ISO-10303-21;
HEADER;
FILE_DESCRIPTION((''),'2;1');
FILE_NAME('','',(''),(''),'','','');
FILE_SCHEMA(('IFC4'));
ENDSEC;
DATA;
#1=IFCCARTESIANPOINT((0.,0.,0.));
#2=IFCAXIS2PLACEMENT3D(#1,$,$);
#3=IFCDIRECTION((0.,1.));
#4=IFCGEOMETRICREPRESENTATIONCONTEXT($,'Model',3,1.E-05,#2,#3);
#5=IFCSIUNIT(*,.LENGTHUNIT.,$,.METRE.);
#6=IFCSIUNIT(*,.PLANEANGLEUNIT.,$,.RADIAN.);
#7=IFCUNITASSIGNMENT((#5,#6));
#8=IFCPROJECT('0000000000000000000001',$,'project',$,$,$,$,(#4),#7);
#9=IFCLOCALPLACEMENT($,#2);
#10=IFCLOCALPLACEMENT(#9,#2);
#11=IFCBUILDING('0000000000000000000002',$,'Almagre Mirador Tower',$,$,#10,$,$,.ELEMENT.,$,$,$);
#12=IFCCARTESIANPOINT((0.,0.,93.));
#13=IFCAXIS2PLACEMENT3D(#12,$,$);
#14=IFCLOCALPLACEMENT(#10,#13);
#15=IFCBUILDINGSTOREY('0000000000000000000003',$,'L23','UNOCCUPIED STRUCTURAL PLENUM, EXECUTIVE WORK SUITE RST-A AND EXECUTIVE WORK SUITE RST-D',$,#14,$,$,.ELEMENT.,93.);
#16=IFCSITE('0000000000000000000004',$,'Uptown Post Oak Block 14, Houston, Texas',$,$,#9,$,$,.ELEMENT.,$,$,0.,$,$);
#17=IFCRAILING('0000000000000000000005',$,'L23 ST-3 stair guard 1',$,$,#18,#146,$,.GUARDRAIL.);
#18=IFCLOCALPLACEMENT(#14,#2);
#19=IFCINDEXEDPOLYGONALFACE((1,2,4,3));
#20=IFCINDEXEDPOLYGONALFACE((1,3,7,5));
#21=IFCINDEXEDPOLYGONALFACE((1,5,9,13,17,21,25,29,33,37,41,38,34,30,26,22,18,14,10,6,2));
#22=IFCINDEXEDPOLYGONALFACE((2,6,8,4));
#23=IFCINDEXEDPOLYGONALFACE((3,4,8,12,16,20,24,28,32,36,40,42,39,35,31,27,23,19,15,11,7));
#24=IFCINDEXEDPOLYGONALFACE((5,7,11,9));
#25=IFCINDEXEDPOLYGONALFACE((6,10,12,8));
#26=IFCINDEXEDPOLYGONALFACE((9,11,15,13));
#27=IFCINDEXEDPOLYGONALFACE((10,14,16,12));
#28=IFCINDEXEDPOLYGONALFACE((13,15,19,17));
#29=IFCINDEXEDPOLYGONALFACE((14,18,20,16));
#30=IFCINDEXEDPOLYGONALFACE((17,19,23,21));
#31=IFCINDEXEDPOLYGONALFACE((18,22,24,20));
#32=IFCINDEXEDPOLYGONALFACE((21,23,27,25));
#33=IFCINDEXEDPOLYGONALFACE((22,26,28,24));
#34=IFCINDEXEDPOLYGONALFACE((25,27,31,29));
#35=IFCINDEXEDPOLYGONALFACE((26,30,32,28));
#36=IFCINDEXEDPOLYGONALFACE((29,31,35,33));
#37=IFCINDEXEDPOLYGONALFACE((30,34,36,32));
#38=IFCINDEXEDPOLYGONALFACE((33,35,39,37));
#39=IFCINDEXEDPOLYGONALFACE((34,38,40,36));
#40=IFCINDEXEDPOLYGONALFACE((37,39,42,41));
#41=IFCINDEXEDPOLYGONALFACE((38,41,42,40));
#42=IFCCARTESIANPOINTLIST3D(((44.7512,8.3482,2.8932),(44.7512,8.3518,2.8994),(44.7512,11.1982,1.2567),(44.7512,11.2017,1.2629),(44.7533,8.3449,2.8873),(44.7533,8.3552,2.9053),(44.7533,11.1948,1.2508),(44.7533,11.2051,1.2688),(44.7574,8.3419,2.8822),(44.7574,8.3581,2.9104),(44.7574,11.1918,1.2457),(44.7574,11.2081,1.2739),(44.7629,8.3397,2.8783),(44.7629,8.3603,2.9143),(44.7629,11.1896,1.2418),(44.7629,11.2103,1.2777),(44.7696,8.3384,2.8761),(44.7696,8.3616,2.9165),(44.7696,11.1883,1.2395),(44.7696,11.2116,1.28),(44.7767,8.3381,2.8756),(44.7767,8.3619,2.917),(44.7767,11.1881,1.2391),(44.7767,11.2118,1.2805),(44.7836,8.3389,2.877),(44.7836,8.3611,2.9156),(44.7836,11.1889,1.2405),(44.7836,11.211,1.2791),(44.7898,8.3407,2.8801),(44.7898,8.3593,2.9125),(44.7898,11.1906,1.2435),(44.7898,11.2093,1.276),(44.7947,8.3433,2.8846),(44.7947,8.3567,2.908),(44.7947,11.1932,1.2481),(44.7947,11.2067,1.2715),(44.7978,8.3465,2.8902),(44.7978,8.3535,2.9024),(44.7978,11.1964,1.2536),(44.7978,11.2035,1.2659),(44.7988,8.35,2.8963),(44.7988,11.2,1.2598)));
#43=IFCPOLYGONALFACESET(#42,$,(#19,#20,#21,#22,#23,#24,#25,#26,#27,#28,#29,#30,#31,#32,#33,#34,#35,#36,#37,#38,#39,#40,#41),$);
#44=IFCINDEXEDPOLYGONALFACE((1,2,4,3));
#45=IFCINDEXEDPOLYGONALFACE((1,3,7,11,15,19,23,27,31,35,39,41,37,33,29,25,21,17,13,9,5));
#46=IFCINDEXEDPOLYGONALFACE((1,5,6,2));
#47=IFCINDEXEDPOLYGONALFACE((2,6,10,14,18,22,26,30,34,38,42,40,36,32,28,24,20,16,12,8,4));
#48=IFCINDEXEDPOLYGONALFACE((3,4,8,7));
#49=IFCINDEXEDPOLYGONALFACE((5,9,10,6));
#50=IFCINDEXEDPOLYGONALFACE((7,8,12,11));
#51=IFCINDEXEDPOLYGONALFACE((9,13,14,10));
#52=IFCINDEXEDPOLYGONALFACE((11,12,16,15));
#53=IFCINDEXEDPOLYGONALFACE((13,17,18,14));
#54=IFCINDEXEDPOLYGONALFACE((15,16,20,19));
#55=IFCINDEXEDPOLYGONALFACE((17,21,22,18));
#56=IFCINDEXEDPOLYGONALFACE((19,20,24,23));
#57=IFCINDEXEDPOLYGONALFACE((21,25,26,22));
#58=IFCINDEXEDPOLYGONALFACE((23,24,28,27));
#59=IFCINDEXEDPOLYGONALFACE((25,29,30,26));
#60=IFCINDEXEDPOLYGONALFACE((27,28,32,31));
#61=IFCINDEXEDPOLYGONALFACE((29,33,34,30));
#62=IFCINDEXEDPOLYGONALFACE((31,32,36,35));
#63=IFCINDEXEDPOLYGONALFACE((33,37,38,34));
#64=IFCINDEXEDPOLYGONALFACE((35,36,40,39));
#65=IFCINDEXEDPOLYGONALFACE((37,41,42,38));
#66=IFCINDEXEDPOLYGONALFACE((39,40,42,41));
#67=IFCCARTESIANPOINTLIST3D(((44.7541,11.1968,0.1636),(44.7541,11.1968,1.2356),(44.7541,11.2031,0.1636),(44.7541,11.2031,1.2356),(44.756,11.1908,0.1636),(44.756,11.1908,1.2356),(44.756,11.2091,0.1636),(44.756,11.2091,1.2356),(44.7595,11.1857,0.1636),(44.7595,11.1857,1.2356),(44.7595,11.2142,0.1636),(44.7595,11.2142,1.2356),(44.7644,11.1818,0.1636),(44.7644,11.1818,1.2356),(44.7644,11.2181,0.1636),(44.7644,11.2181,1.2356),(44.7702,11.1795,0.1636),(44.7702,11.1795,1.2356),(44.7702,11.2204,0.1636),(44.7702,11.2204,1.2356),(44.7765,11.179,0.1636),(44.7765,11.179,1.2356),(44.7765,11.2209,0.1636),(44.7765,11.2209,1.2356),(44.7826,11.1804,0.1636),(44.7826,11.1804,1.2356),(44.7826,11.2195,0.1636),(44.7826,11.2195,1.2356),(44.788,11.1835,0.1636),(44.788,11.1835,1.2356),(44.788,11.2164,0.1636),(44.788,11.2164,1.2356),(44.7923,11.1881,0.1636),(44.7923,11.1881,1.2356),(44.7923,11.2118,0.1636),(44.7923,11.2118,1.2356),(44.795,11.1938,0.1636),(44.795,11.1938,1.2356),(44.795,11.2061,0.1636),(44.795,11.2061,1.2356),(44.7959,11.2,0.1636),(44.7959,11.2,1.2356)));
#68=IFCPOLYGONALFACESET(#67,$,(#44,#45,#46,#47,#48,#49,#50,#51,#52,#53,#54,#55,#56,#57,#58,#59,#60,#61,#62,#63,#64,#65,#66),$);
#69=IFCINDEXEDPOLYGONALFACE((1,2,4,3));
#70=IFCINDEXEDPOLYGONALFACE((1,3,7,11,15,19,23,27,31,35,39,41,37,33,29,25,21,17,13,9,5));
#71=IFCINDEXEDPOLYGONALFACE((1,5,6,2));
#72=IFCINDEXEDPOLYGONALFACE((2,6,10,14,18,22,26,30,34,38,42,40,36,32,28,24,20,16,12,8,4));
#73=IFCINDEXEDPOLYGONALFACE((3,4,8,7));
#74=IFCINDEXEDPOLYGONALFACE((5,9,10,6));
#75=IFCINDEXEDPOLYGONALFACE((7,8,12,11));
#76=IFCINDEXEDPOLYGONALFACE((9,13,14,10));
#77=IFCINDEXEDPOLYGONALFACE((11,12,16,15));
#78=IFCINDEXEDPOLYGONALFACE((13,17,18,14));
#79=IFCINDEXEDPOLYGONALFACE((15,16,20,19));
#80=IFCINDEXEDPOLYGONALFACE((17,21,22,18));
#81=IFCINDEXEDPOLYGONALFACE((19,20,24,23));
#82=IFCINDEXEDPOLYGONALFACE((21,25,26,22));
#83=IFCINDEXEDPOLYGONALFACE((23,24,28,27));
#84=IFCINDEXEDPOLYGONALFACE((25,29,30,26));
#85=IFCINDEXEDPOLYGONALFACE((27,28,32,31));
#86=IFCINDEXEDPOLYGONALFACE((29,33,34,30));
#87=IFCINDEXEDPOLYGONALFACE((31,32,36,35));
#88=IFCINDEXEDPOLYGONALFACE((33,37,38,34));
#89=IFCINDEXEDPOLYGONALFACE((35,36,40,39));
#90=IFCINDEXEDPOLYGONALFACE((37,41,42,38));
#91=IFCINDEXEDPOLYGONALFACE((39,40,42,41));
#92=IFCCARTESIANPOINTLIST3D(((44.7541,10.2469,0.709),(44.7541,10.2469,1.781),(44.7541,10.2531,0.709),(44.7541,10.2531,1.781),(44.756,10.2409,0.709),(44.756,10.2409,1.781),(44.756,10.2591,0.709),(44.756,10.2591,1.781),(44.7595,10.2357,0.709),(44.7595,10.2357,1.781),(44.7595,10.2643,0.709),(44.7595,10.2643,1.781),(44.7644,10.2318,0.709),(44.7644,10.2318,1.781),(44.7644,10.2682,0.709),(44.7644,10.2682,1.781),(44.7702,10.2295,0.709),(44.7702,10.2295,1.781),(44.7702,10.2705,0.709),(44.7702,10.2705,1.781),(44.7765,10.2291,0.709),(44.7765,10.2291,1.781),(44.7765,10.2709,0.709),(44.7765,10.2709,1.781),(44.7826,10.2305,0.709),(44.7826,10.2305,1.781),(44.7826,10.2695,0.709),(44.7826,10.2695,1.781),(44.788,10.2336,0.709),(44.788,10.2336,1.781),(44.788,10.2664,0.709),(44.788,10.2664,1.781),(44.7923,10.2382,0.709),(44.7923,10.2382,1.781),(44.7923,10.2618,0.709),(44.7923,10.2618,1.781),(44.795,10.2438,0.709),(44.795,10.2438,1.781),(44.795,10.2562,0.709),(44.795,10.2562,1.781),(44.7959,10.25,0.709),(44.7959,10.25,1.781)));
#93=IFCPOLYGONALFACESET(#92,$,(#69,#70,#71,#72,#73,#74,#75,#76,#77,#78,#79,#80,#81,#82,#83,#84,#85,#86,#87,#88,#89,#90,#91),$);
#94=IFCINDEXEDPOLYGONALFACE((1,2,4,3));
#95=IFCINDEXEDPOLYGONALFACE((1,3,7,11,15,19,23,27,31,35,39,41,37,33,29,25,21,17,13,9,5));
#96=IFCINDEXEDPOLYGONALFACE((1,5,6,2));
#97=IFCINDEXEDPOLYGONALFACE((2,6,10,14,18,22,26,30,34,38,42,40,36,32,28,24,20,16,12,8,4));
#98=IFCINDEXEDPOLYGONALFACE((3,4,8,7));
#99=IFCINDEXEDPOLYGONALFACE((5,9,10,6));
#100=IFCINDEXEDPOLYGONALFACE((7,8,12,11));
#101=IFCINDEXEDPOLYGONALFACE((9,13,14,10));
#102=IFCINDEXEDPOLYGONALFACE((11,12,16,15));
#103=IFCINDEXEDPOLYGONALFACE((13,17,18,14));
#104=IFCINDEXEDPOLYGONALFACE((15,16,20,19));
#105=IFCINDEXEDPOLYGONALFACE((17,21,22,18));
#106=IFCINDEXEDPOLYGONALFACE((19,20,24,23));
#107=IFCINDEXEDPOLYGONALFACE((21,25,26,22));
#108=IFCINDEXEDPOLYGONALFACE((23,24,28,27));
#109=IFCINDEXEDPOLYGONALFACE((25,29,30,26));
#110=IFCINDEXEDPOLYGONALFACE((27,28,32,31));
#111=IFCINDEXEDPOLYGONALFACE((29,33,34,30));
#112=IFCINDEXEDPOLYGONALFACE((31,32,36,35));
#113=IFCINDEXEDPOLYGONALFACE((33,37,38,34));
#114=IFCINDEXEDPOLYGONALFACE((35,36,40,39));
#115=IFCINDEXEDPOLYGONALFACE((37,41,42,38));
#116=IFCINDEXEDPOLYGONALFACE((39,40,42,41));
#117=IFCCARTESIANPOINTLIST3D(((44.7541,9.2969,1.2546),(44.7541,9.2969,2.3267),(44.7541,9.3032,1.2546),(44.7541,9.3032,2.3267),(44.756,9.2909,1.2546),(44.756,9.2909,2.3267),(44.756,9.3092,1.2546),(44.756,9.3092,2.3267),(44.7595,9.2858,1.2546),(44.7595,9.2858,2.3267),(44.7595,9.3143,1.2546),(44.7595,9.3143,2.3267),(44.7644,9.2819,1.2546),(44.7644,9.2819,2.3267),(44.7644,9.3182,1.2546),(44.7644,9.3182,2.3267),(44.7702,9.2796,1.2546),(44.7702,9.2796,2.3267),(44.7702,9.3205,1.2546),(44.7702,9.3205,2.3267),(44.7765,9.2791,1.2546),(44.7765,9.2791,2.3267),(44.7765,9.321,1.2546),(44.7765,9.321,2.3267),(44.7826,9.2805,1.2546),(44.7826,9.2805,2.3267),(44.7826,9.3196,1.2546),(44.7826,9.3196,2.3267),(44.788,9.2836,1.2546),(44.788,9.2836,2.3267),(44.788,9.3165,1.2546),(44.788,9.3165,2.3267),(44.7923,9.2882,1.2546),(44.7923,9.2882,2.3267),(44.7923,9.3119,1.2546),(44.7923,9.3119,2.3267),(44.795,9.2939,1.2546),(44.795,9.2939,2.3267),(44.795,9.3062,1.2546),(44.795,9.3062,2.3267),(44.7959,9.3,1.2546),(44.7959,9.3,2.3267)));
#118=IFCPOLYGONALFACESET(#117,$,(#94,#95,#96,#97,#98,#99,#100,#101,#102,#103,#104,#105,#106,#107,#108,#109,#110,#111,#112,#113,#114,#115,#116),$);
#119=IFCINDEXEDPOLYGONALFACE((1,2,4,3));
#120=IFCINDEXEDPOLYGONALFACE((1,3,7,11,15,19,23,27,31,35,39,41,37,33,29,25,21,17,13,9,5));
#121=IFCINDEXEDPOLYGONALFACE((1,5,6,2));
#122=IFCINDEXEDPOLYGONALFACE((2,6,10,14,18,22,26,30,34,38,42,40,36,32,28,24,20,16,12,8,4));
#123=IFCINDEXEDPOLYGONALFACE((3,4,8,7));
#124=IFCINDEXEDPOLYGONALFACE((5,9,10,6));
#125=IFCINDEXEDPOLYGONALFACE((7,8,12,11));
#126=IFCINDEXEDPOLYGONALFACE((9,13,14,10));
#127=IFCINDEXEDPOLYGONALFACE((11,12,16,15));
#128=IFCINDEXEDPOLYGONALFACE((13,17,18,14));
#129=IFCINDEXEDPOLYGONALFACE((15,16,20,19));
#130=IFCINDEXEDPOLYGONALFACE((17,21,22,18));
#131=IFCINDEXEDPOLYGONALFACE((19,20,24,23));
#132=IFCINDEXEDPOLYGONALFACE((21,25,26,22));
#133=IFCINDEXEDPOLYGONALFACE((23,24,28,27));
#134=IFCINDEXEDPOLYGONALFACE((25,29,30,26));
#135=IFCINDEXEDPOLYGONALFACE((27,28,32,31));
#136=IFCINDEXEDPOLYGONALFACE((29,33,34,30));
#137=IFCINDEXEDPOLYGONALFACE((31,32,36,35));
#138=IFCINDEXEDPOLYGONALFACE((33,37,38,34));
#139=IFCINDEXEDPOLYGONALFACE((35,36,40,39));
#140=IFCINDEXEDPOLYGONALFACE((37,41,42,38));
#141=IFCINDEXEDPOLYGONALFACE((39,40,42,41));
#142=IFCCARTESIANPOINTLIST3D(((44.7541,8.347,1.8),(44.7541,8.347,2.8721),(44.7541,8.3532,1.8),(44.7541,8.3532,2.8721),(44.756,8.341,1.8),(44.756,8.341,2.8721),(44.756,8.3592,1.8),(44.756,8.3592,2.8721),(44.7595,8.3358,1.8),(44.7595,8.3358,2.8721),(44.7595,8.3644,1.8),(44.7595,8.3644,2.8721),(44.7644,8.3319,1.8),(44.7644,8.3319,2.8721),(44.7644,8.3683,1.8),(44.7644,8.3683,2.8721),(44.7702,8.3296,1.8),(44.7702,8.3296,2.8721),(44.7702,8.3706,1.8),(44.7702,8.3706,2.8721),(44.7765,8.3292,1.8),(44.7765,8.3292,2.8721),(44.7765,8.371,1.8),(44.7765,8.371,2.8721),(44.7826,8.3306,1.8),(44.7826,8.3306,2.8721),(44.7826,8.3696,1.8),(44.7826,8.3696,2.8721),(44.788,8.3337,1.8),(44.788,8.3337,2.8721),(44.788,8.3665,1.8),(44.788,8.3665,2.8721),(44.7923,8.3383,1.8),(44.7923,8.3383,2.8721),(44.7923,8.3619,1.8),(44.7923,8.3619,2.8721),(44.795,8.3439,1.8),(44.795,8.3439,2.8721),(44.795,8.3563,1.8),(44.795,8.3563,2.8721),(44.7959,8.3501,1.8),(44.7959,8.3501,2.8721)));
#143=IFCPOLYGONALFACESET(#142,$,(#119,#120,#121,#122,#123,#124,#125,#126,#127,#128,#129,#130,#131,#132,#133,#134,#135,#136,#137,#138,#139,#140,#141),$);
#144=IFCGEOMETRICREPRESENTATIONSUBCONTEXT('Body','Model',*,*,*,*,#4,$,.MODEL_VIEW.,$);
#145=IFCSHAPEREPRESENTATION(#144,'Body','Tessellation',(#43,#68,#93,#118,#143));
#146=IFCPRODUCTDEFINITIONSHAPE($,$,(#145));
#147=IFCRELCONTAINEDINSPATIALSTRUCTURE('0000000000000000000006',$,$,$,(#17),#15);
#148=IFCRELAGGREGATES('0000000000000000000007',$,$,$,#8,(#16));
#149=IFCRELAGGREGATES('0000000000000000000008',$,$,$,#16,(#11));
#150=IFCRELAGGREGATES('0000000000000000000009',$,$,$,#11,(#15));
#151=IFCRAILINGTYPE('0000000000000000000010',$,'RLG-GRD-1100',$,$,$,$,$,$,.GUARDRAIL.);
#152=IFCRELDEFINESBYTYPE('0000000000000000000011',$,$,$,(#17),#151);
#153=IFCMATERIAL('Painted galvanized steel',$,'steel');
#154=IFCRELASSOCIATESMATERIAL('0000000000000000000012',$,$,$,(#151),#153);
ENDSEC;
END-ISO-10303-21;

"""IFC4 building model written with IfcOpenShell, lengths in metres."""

from ifc_helpers import new_model, si_unit, direction, frame, origin, origin_2d, place, context, subcontext, project, spatial, circle, extrude, material, type_object, element, save


model = new_model("IFC4")

# Units and contexts
model_context = context("Model", 3, precision=1e-05, world=origin(), true_north=direction((0.0, 1.0)))
body_context = subcontext(model_context, "Body", "Model", "MODEL_VIEW")
ifc_project = project(units=[si_unit("LENGTHUNIT", "METRE"), si_unit("PLANEANGLEUNIT", "RADIAN")], contexts=[model_context])

# Site, building, storey
site_placement = place(None, origin())
site = spatial("IfcSite", under=ifc_project, at=site_placement, Name="Uptown Post Oak Block 14, Houston, Texas", CompositionType="ELEMENT", RefElevation=0.0)
building_placement = place(site_placement, origin())
building = spatial("IfcBuilding", under=site, at=building_placement, Name="Almagre Mirador Tower", CompositionType="ELEMENT")
storey_placement = place(building_placement, frame((0.0, 0.0, 93.0)))
storey = spatial("IfcBuildingStorey", under=building, at=storey_placement, Name="L23", Description="UNOCCUPIED STRUCTURAL PLENUM, EXECUTIVE WORK SUITE RST-A AND EXECUTIVE WORK SUITE RST-D", CompositionType="ELEMENT", Elevation=93.0)

# Railing
ifc_material_1 = material(Name="Painted galvanized steel", Category="steel")
railing_type_1 = type_object("IfcRailingType", Name="RLG-GRD-1100", PredefinedType="GUARDRAIL", material=ifc_material_1)
railing_1_placement = place(storey_placement, frame((44.7749, 11.2, 0.1636)))
element("IfcRailing", 1, at=railing_1_placement, inside=storey, type_object=railing_type_1, Name="L23 ST-3 stair guard 1", PredefinedType="GUARDRAIL", context=body_context, shape_type="SweptSolid", body=[
    extrude(circle(Radius=0.0239, at=origin_2d()), frame((0.0, 0.0, 1.0962), z_axis=(0.0, -0.867194, 0.49797), x_axis=(1.0, 0.0, 0.0)), (0.0, 0.0, 1.0), 3.2864),
    extrude(circle(Radius=0.021, at=origin_2d()), origin(), (0.0, 0.0, 1.0), 1.072),
    extrude(circle(Radius=0.021, at=origin_2d()), frame((0.0, -0.95, 0.5454)), (0.0, 0.0, 1.0), 1.072),
    extrude(circle(Radius=0.021, at=origin_2d()), frame((0.0, -1.8999, 1.0911)), (0.0, 0.0, 1.0), 1.072),
    extrude(circle(Radius=0.021, at=origin_2d()), frame((0.0, -2.8499, 1.6365)), (0.0, 0.0, 1.0), 1.072),
])

save(model, "model.ifc")
